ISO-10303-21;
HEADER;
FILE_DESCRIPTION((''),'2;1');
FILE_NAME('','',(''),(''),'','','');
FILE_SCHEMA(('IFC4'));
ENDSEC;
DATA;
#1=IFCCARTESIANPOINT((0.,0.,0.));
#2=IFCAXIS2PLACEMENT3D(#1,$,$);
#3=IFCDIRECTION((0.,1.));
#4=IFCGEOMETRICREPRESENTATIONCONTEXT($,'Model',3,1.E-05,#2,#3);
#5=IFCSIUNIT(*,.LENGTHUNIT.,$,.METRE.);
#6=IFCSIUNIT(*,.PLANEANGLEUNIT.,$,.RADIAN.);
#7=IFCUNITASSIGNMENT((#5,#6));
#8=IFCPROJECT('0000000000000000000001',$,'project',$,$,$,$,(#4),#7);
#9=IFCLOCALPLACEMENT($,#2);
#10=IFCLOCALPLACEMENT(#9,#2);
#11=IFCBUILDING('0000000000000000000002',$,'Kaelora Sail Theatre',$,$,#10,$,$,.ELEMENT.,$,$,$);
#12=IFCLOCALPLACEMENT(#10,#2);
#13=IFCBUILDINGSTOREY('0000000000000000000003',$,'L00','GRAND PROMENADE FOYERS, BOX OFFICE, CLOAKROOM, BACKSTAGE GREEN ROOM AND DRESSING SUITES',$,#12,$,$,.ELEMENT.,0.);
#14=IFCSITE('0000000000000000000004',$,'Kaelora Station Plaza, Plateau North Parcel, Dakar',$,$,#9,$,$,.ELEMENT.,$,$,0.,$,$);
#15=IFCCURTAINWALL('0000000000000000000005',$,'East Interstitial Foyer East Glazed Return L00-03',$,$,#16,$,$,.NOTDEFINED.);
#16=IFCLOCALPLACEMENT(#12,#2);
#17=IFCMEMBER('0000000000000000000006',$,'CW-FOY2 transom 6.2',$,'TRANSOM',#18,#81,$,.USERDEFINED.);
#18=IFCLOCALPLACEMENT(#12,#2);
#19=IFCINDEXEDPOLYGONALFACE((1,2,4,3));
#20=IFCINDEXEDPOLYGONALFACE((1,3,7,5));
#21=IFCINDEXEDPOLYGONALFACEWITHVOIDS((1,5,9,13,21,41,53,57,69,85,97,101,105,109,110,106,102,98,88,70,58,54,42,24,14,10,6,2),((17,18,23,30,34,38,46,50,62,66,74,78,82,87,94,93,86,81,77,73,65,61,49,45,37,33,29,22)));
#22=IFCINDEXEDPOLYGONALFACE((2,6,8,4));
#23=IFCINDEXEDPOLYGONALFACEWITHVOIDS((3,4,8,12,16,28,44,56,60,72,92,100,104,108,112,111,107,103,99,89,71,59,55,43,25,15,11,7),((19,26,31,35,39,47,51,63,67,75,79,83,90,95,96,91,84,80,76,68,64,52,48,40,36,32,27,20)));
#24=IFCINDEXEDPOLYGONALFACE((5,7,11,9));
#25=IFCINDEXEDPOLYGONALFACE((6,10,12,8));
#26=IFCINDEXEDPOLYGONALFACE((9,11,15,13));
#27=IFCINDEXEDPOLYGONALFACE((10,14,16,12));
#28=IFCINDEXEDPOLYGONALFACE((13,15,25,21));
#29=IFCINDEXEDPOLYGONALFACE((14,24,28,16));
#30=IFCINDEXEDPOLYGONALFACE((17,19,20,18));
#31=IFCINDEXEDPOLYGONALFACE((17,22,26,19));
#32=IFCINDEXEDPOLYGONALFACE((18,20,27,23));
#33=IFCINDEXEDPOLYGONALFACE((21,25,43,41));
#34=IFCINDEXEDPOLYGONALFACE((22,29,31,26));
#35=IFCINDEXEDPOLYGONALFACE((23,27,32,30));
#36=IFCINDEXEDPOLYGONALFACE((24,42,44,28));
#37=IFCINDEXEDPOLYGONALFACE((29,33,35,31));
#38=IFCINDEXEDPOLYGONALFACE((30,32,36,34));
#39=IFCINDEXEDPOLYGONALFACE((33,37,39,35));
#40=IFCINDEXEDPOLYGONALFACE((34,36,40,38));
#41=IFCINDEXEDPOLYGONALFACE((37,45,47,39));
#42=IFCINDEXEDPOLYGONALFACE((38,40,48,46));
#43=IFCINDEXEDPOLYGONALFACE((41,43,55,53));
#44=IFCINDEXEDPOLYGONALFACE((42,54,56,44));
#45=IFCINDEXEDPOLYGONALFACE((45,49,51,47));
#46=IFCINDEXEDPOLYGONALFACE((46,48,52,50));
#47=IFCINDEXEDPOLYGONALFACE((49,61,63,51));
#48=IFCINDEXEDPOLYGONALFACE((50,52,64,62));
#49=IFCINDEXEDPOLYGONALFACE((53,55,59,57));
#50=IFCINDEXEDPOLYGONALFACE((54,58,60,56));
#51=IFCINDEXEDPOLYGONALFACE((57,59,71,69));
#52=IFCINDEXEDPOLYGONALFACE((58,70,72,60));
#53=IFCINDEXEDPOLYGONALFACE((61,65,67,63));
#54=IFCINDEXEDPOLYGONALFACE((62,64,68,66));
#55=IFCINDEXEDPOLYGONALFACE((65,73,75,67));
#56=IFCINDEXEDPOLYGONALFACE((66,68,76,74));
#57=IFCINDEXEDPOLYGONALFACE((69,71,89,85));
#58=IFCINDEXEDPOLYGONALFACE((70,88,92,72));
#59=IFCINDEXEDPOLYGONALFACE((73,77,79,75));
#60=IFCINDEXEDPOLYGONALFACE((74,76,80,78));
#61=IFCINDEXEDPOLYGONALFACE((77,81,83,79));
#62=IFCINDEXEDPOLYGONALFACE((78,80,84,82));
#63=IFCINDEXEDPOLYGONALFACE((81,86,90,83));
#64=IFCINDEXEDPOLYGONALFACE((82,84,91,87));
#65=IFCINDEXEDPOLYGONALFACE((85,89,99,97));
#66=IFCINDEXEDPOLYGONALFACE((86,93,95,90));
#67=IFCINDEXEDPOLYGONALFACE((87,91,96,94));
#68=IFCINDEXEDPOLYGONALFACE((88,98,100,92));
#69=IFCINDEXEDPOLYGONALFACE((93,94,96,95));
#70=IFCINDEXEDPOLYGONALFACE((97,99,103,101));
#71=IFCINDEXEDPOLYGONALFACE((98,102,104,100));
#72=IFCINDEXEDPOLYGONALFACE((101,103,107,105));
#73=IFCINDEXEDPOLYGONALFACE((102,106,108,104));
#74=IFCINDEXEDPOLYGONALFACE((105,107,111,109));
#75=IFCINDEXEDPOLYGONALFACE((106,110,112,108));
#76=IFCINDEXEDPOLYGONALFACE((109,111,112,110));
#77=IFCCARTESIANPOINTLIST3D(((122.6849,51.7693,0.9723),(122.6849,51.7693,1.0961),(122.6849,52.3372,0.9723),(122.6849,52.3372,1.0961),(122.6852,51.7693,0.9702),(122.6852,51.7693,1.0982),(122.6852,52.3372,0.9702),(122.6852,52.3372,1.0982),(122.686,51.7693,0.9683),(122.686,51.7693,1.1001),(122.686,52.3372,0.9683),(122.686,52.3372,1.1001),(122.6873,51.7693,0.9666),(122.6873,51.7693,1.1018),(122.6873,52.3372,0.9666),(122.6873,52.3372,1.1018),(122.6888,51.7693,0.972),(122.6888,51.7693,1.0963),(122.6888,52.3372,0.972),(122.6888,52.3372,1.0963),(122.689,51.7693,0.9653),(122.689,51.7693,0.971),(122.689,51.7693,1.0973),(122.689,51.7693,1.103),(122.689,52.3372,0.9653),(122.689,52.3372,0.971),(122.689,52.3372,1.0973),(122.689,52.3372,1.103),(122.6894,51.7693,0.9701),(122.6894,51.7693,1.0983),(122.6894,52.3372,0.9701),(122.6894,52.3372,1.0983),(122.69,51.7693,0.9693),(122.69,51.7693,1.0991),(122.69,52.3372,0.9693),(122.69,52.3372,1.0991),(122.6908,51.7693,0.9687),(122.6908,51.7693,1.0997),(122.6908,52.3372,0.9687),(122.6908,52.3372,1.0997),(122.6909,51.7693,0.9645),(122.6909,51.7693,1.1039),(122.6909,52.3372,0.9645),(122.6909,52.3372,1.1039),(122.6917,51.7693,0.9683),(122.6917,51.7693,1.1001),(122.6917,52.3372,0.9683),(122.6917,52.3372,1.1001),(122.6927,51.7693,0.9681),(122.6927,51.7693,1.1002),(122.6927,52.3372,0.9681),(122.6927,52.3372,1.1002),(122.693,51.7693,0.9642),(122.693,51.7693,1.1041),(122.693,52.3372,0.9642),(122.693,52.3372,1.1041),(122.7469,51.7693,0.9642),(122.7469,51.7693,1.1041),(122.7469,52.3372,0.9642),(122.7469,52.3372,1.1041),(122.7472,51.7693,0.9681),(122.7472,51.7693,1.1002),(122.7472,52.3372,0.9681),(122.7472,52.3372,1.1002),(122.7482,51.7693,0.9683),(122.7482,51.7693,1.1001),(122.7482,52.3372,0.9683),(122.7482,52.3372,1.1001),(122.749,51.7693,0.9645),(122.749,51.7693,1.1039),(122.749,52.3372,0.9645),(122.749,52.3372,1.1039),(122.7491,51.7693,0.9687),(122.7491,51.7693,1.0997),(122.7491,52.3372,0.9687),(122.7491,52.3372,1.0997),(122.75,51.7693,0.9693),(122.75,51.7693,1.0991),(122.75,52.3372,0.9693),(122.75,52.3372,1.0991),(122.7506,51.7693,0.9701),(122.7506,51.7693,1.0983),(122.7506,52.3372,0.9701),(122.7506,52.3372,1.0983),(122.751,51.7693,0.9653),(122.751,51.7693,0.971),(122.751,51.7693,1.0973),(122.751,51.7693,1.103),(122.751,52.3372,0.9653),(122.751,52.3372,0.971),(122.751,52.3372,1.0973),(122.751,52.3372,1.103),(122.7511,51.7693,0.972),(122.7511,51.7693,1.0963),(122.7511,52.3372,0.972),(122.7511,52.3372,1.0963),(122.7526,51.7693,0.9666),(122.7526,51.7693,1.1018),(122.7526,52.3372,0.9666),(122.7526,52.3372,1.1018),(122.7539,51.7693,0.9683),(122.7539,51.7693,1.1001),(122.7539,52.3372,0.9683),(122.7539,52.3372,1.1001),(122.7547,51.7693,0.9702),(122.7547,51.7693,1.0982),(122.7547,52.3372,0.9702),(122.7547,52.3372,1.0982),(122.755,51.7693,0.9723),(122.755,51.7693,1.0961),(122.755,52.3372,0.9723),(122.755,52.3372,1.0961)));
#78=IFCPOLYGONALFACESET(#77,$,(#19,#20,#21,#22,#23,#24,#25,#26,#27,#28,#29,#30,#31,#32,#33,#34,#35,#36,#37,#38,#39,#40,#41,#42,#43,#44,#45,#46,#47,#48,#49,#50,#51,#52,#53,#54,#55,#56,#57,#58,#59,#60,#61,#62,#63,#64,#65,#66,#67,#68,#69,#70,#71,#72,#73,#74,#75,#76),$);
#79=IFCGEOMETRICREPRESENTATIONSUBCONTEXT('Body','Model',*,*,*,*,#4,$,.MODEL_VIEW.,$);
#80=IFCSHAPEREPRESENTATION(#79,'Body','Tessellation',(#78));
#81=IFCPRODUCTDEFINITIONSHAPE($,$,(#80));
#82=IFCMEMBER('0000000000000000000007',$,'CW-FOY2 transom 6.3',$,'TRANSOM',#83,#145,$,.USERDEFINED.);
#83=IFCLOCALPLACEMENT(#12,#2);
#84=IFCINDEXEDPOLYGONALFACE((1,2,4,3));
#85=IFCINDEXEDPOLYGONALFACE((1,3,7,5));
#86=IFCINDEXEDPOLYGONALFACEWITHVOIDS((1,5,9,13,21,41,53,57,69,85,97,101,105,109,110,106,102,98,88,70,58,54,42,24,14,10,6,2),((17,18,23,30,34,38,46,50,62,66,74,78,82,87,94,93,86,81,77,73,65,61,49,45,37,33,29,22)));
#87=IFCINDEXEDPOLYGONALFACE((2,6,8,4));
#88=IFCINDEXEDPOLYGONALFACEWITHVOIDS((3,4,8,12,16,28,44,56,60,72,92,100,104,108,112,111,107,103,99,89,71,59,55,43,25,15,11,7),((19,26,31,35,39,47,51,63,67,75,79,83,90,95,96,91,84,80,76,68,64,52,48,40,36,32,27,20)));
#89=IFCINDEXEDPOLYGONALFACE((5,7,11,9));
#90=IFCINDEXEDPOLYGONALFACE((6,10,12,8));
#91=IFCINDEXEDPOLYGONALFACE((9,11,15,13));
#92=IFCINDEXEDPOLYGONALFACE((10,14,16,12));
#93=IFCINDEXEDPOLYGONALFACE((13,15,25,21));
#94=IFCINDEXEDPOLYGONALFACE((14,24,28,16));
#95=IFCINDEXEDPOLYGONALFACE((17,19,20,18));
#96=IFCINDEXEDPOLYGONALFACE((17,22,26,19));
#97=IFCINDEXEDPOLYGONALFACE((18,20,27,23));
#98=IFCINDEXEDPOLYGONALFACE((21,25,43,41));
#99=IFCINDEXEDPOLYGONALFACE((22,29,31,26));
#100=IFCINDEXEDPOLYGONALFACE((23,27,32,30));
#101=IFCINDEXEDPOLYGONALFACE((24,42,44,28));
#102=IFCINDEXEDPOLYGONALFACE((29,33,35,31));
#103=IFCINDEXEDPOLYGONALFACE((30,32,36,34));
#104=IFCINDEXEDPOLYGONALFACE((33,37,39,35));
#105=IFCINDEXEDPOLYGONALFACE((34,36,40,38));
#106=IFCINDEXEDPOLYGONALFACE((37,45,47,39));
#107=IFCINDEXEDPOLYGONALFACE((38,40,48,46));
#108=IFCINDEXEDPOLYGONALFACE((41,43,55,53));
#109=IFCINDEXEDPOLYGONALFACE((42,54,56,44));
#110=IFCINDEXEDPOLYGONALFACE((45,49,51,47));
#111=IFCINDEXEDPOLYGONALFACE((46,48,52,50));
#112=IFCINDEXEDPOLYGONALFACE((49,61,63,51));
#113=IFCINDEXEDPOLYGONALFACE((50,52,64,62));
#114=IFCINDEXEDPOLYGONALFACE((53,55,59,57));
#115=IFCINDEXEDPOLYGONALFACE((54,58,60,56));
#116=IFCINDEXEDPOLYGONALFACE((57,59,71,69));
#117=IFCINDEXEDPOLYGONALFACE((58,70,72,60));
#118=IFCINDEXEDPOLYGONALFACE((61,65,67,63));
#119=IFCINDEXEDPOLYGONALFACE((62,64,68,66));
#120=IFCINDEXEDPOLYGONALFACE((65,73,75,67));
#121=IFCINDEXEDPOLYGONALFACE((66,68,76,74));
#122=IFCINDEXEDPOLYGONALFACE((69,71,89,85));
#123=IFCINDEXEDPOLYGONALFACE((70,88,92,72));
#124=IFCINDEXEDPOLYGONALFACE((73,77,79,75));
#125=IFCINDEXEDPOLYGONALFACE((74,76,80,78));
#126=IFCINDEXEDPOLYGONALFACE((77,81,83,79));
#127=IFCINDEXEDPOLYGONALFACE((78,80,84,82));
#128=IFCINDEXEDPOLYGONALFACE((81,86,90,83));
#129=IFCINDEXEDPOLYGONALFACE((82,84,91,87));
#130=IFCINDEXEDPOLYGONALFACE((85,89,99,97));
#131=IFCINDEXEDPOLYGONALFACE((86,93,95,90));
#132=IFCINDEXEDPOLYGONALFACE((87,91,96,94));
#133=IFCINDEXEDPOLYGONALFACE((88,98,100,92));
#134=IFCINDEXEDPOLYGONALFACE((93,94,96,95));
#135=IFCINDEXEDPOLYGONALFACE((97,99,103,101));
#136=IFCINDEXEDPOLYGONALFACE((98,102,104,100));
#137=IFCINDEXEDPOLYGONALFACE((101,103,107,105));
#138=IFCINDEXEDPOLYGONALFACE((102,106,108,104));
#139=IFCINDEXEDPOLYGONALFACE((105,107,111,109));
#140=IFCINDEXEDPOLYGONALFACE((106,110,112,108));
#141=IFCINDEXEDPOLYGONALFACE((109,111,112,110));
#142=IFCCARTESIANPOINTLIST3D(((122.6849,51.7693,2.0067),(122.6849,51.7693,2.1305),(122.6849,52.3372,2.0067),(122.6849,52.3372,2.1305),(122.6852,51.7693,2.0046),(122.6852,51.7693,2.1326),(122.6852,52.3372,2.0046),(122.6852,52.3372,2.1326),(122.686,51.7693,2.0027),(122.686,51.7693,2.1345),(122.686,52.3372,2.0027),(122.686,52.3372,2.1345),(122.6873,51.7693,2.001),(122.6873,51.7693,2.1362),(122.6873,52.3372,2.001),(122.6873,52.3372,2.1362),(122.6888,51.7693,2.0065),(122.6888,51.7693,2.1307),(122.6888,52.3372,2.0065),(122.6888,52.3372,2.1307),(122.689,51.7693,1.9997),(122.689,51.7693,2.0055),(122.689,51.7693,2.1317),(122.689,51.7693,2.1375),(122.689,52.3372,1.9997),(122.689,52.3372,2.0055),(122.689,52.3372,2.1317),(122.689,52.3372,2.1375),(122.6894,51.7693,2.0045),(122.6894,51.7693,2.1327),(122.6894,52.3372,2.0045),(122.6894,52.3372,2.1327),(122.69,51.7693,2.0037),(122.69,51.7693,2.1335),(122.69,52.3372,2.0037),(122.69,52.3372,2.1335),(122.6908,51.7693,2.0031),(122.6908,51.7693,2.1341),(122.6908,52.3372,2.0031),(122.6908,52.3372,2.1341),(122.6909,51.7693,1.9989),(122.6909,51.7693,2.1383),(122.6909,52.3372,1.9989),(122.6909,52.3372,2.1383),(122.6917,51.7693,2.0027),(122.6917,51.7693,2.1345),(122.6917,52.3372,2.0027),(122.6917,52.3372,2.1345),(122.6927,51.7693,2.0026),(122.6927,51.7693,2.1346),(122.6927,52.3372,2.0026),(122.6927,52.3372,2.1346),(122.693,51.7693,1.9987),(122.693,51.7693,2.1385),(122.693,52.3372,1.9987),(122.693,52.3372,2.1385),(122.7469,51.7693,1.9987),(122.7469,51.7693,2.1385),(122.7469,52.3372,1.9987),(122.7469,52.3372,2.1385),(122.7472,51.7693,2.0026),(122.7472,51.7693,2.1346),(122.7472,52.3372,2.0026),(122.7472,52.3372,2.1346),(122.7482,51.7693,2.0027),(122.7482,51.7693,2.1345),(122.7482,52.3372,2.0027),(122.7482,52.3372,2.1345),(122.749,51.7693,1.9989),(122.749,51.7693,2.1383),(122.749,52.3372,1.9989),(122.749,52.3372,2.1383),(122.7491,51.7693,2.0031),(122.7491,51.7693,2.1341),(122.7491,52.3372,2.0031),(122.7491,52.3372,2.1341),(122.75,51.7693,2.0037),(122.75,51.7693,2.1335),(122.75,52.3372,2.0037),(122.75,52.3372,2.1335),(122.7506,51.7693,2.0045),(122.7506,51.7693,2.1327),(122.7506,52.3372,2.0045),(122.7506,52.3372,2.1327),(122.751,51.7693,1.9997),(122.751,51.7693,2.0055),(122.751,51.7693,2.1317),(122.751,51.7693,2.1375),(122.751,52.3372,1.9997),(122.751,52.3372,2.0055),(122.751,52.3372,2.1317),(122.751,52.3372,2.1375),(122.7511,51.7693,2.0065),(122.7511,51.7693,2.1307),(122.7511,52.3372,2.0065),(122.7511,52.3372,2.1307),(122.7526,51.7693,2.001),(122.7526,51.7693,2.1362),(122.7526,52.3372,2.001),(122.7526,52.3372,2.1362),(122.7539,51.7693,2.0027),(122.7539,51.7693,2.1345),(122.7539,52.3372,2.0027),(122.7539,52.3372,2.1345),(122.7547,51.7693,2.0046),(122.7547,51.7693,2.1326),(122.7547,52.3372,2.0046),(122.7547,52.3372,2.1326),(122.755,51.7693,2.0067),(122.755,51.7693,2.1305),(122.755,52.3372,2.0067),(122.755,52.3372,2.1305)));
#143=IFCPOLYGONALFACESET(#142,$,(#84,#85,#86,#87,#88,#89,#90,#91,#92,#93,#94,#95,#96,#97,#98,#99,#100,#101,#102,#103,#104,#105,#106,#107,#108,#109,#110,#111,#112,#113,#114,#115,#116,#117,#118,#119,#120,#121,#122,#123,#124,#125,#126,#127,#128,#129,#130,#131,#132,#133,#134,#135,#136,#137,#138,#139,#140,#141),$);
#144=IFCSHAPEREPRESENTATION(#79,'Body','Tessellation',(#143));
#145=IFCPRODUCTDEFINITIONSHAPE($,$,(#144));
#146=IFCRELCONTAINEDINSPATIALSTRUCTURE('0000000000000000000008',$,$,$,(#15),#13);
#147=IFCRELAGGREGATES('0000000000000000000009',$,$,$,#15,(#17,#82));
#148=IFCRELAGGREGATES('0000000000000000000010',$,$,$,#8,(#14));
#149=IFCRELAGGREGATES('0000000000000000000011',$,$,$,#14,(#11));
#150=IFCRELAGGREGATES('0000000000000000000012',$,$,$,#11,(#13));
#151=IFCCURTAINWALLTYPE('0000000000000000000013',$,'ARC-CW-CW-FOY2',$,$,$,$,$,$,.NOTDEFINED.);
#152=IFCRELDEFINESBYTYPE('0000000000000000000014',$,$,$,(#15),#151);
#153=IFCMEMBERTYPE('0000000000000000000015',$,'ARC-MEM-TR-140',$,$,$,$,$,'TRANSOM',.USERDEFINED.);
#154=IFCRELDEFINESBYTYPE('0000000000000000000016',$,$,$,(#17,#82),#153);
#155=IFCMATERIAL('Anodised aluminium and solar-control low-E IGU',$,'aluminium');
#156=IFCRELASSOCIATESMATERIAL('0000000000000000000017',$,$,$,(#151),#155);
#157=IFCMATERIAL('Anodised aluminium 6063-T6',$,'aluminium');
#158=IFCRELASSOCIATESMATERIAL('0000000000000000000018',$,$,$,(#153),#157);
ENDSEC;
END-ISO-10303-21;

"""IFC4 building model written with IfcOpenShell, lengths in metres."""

from ifc_helpers import new_model, si_unit, direction, frame, origin, origin_2d, place, context, subcontext, project, spatial, hollow_rectangle, extrude, material, material_profile, profile_set, type_object, element, aggregate, save


model = new_model("IFC4")

# Units and contexts
model_context = context("Model", 3, precision=1e-05, world=origin(), true_north=direction((0.0, 1.0)))
body_context = subcontext(model_context, "Body", "Model", "MODEL_VIEW")
ifc_project = project(units=[si_unit("LENGTHUNIT", "METRE"), si_unit("PLANEANGLEUNIT", "RADIAN")], contexts=[model_context])

# Site, building, storey
site_placement = place(None, origin())
site = spatial("IfcSite", under=ifc_project, at=site_placement, Name="Kaelora Station Plaza, Plateau North Parcel, Dakar", CompositionType="ELEMENT", RefElevation=0.0)
building_placement = place(site_placement, origin())
building = spatial("IfcBuilding", under=site, at=building_placement, Name="Kaelora Sail Theatre", CompositionType="ELEMENT")
storey_placement = place(building_placement, origin())
storey = spatial("IfcBuildingStorey", under=building, at=storey_placement, Name="L00", Description="GRAND PROMENADE FOYERS, BOX OFFICE, CLOAKROOM, BACKSTAGE GREEN ROOM AND DRESSING SUITES", CompositionType="ELEMENT", Elevation=0.0)

# Curtain wall, members
ifc_material_1 = material(Name="Anodised aluminium and solar-control low-E IGU", Category="aluminium")
curtain_wall_type = type_object("IfcCurtainWallType", Name="ARC-CW-CW-FOY2", PredefinedType="NOTDEFINED", material=ifc_material_1)
curtain_wall_placement = place(storey_placement, origin())
curtain_wall = element("IfcCurtainWall", 1, at=curtain_wall_placement, inside=storey, type_object=curtain_wall_type, Name="East Interstitial Foyer East Glazed Return L00-03", PredefinedType="NOTDEFINED")
ifc_material_2 = material(Name="Anodised aluminium 6063-T6", Category="aluminium")
ifc_material_profile_1 = material_profile(ifc_material_2, hollow_rectangle(XDim=0.0701, YDim=0.1399, WallThickness=0.0039, InnerFilletRadius=0.0039, OuterFilletRadius=0.0081, at=origin_2d()), Name="ALU-TRAN 70x140x4")
ifc_profile_set_1 = profile_set([ifc_material_profile_1], Name="Anodised aluminium 6063-T6")
member_type_1 = type_object("IfcMemberType", Name="ARC-MEM-TR-140", ElementType="TRANSOM", PredefinedType="USERDEFINED", material=ifc_profile_set_1)
member_1_placement = place(storey_placement, frame((122.72, 51.7693, 1.0342), z_axis=(0.0, 1.0, 0.0), x_axis=(-1.0, 0.0, 0.0)))
member_1 = element("IfcMember", 2, at=member_1_placement, type_object=member_type_1, Name="CW-FOY2 transom 6.2", ObjectType="TRANSOM", PredefinedType="USERDEFINED", context=body_context, shape_type="SweptSolid", body=[
    extrude(hollow_rectangle(XDim=0.0701, YDim=0.1399, WallThickness=0.0039, InnerFilletRadius=0.0039, OuterFilletRadius=0.0081, at=origin_2d()), origin(), (0.0, 0.0, 1.0), 0.5679),
])
member_2_placement = place(storey_placement, frame((122.72, 51.7693, 2.0686), z_axis=(0.0, 1.0, 0.0), x_axis=(-1.0, 0.0, 0.0)))
member_2 = element("IfcMember", 3, at=member_2_placement, type_object=member_type_1, Name="CW-FOY2 transom 6.3", ObjectType="TRANSOM", PredefinedType="USERDEFINED", context=body_context, shape_type="SweptSolid", body=[
    extrude(hollow_rectangle(XDim=0.0701, YDim=0.1399, WallThickness=0.0039, InnerFilletRadius=0.0039, OuterFilletRadius=0.0081, at=origin_2d()), origin(), (0.0, 0.0, 1.0), 0.5679),
])
aggregate(curtain_wall, [member_1, member_2])

save(model, "model.ifc")
